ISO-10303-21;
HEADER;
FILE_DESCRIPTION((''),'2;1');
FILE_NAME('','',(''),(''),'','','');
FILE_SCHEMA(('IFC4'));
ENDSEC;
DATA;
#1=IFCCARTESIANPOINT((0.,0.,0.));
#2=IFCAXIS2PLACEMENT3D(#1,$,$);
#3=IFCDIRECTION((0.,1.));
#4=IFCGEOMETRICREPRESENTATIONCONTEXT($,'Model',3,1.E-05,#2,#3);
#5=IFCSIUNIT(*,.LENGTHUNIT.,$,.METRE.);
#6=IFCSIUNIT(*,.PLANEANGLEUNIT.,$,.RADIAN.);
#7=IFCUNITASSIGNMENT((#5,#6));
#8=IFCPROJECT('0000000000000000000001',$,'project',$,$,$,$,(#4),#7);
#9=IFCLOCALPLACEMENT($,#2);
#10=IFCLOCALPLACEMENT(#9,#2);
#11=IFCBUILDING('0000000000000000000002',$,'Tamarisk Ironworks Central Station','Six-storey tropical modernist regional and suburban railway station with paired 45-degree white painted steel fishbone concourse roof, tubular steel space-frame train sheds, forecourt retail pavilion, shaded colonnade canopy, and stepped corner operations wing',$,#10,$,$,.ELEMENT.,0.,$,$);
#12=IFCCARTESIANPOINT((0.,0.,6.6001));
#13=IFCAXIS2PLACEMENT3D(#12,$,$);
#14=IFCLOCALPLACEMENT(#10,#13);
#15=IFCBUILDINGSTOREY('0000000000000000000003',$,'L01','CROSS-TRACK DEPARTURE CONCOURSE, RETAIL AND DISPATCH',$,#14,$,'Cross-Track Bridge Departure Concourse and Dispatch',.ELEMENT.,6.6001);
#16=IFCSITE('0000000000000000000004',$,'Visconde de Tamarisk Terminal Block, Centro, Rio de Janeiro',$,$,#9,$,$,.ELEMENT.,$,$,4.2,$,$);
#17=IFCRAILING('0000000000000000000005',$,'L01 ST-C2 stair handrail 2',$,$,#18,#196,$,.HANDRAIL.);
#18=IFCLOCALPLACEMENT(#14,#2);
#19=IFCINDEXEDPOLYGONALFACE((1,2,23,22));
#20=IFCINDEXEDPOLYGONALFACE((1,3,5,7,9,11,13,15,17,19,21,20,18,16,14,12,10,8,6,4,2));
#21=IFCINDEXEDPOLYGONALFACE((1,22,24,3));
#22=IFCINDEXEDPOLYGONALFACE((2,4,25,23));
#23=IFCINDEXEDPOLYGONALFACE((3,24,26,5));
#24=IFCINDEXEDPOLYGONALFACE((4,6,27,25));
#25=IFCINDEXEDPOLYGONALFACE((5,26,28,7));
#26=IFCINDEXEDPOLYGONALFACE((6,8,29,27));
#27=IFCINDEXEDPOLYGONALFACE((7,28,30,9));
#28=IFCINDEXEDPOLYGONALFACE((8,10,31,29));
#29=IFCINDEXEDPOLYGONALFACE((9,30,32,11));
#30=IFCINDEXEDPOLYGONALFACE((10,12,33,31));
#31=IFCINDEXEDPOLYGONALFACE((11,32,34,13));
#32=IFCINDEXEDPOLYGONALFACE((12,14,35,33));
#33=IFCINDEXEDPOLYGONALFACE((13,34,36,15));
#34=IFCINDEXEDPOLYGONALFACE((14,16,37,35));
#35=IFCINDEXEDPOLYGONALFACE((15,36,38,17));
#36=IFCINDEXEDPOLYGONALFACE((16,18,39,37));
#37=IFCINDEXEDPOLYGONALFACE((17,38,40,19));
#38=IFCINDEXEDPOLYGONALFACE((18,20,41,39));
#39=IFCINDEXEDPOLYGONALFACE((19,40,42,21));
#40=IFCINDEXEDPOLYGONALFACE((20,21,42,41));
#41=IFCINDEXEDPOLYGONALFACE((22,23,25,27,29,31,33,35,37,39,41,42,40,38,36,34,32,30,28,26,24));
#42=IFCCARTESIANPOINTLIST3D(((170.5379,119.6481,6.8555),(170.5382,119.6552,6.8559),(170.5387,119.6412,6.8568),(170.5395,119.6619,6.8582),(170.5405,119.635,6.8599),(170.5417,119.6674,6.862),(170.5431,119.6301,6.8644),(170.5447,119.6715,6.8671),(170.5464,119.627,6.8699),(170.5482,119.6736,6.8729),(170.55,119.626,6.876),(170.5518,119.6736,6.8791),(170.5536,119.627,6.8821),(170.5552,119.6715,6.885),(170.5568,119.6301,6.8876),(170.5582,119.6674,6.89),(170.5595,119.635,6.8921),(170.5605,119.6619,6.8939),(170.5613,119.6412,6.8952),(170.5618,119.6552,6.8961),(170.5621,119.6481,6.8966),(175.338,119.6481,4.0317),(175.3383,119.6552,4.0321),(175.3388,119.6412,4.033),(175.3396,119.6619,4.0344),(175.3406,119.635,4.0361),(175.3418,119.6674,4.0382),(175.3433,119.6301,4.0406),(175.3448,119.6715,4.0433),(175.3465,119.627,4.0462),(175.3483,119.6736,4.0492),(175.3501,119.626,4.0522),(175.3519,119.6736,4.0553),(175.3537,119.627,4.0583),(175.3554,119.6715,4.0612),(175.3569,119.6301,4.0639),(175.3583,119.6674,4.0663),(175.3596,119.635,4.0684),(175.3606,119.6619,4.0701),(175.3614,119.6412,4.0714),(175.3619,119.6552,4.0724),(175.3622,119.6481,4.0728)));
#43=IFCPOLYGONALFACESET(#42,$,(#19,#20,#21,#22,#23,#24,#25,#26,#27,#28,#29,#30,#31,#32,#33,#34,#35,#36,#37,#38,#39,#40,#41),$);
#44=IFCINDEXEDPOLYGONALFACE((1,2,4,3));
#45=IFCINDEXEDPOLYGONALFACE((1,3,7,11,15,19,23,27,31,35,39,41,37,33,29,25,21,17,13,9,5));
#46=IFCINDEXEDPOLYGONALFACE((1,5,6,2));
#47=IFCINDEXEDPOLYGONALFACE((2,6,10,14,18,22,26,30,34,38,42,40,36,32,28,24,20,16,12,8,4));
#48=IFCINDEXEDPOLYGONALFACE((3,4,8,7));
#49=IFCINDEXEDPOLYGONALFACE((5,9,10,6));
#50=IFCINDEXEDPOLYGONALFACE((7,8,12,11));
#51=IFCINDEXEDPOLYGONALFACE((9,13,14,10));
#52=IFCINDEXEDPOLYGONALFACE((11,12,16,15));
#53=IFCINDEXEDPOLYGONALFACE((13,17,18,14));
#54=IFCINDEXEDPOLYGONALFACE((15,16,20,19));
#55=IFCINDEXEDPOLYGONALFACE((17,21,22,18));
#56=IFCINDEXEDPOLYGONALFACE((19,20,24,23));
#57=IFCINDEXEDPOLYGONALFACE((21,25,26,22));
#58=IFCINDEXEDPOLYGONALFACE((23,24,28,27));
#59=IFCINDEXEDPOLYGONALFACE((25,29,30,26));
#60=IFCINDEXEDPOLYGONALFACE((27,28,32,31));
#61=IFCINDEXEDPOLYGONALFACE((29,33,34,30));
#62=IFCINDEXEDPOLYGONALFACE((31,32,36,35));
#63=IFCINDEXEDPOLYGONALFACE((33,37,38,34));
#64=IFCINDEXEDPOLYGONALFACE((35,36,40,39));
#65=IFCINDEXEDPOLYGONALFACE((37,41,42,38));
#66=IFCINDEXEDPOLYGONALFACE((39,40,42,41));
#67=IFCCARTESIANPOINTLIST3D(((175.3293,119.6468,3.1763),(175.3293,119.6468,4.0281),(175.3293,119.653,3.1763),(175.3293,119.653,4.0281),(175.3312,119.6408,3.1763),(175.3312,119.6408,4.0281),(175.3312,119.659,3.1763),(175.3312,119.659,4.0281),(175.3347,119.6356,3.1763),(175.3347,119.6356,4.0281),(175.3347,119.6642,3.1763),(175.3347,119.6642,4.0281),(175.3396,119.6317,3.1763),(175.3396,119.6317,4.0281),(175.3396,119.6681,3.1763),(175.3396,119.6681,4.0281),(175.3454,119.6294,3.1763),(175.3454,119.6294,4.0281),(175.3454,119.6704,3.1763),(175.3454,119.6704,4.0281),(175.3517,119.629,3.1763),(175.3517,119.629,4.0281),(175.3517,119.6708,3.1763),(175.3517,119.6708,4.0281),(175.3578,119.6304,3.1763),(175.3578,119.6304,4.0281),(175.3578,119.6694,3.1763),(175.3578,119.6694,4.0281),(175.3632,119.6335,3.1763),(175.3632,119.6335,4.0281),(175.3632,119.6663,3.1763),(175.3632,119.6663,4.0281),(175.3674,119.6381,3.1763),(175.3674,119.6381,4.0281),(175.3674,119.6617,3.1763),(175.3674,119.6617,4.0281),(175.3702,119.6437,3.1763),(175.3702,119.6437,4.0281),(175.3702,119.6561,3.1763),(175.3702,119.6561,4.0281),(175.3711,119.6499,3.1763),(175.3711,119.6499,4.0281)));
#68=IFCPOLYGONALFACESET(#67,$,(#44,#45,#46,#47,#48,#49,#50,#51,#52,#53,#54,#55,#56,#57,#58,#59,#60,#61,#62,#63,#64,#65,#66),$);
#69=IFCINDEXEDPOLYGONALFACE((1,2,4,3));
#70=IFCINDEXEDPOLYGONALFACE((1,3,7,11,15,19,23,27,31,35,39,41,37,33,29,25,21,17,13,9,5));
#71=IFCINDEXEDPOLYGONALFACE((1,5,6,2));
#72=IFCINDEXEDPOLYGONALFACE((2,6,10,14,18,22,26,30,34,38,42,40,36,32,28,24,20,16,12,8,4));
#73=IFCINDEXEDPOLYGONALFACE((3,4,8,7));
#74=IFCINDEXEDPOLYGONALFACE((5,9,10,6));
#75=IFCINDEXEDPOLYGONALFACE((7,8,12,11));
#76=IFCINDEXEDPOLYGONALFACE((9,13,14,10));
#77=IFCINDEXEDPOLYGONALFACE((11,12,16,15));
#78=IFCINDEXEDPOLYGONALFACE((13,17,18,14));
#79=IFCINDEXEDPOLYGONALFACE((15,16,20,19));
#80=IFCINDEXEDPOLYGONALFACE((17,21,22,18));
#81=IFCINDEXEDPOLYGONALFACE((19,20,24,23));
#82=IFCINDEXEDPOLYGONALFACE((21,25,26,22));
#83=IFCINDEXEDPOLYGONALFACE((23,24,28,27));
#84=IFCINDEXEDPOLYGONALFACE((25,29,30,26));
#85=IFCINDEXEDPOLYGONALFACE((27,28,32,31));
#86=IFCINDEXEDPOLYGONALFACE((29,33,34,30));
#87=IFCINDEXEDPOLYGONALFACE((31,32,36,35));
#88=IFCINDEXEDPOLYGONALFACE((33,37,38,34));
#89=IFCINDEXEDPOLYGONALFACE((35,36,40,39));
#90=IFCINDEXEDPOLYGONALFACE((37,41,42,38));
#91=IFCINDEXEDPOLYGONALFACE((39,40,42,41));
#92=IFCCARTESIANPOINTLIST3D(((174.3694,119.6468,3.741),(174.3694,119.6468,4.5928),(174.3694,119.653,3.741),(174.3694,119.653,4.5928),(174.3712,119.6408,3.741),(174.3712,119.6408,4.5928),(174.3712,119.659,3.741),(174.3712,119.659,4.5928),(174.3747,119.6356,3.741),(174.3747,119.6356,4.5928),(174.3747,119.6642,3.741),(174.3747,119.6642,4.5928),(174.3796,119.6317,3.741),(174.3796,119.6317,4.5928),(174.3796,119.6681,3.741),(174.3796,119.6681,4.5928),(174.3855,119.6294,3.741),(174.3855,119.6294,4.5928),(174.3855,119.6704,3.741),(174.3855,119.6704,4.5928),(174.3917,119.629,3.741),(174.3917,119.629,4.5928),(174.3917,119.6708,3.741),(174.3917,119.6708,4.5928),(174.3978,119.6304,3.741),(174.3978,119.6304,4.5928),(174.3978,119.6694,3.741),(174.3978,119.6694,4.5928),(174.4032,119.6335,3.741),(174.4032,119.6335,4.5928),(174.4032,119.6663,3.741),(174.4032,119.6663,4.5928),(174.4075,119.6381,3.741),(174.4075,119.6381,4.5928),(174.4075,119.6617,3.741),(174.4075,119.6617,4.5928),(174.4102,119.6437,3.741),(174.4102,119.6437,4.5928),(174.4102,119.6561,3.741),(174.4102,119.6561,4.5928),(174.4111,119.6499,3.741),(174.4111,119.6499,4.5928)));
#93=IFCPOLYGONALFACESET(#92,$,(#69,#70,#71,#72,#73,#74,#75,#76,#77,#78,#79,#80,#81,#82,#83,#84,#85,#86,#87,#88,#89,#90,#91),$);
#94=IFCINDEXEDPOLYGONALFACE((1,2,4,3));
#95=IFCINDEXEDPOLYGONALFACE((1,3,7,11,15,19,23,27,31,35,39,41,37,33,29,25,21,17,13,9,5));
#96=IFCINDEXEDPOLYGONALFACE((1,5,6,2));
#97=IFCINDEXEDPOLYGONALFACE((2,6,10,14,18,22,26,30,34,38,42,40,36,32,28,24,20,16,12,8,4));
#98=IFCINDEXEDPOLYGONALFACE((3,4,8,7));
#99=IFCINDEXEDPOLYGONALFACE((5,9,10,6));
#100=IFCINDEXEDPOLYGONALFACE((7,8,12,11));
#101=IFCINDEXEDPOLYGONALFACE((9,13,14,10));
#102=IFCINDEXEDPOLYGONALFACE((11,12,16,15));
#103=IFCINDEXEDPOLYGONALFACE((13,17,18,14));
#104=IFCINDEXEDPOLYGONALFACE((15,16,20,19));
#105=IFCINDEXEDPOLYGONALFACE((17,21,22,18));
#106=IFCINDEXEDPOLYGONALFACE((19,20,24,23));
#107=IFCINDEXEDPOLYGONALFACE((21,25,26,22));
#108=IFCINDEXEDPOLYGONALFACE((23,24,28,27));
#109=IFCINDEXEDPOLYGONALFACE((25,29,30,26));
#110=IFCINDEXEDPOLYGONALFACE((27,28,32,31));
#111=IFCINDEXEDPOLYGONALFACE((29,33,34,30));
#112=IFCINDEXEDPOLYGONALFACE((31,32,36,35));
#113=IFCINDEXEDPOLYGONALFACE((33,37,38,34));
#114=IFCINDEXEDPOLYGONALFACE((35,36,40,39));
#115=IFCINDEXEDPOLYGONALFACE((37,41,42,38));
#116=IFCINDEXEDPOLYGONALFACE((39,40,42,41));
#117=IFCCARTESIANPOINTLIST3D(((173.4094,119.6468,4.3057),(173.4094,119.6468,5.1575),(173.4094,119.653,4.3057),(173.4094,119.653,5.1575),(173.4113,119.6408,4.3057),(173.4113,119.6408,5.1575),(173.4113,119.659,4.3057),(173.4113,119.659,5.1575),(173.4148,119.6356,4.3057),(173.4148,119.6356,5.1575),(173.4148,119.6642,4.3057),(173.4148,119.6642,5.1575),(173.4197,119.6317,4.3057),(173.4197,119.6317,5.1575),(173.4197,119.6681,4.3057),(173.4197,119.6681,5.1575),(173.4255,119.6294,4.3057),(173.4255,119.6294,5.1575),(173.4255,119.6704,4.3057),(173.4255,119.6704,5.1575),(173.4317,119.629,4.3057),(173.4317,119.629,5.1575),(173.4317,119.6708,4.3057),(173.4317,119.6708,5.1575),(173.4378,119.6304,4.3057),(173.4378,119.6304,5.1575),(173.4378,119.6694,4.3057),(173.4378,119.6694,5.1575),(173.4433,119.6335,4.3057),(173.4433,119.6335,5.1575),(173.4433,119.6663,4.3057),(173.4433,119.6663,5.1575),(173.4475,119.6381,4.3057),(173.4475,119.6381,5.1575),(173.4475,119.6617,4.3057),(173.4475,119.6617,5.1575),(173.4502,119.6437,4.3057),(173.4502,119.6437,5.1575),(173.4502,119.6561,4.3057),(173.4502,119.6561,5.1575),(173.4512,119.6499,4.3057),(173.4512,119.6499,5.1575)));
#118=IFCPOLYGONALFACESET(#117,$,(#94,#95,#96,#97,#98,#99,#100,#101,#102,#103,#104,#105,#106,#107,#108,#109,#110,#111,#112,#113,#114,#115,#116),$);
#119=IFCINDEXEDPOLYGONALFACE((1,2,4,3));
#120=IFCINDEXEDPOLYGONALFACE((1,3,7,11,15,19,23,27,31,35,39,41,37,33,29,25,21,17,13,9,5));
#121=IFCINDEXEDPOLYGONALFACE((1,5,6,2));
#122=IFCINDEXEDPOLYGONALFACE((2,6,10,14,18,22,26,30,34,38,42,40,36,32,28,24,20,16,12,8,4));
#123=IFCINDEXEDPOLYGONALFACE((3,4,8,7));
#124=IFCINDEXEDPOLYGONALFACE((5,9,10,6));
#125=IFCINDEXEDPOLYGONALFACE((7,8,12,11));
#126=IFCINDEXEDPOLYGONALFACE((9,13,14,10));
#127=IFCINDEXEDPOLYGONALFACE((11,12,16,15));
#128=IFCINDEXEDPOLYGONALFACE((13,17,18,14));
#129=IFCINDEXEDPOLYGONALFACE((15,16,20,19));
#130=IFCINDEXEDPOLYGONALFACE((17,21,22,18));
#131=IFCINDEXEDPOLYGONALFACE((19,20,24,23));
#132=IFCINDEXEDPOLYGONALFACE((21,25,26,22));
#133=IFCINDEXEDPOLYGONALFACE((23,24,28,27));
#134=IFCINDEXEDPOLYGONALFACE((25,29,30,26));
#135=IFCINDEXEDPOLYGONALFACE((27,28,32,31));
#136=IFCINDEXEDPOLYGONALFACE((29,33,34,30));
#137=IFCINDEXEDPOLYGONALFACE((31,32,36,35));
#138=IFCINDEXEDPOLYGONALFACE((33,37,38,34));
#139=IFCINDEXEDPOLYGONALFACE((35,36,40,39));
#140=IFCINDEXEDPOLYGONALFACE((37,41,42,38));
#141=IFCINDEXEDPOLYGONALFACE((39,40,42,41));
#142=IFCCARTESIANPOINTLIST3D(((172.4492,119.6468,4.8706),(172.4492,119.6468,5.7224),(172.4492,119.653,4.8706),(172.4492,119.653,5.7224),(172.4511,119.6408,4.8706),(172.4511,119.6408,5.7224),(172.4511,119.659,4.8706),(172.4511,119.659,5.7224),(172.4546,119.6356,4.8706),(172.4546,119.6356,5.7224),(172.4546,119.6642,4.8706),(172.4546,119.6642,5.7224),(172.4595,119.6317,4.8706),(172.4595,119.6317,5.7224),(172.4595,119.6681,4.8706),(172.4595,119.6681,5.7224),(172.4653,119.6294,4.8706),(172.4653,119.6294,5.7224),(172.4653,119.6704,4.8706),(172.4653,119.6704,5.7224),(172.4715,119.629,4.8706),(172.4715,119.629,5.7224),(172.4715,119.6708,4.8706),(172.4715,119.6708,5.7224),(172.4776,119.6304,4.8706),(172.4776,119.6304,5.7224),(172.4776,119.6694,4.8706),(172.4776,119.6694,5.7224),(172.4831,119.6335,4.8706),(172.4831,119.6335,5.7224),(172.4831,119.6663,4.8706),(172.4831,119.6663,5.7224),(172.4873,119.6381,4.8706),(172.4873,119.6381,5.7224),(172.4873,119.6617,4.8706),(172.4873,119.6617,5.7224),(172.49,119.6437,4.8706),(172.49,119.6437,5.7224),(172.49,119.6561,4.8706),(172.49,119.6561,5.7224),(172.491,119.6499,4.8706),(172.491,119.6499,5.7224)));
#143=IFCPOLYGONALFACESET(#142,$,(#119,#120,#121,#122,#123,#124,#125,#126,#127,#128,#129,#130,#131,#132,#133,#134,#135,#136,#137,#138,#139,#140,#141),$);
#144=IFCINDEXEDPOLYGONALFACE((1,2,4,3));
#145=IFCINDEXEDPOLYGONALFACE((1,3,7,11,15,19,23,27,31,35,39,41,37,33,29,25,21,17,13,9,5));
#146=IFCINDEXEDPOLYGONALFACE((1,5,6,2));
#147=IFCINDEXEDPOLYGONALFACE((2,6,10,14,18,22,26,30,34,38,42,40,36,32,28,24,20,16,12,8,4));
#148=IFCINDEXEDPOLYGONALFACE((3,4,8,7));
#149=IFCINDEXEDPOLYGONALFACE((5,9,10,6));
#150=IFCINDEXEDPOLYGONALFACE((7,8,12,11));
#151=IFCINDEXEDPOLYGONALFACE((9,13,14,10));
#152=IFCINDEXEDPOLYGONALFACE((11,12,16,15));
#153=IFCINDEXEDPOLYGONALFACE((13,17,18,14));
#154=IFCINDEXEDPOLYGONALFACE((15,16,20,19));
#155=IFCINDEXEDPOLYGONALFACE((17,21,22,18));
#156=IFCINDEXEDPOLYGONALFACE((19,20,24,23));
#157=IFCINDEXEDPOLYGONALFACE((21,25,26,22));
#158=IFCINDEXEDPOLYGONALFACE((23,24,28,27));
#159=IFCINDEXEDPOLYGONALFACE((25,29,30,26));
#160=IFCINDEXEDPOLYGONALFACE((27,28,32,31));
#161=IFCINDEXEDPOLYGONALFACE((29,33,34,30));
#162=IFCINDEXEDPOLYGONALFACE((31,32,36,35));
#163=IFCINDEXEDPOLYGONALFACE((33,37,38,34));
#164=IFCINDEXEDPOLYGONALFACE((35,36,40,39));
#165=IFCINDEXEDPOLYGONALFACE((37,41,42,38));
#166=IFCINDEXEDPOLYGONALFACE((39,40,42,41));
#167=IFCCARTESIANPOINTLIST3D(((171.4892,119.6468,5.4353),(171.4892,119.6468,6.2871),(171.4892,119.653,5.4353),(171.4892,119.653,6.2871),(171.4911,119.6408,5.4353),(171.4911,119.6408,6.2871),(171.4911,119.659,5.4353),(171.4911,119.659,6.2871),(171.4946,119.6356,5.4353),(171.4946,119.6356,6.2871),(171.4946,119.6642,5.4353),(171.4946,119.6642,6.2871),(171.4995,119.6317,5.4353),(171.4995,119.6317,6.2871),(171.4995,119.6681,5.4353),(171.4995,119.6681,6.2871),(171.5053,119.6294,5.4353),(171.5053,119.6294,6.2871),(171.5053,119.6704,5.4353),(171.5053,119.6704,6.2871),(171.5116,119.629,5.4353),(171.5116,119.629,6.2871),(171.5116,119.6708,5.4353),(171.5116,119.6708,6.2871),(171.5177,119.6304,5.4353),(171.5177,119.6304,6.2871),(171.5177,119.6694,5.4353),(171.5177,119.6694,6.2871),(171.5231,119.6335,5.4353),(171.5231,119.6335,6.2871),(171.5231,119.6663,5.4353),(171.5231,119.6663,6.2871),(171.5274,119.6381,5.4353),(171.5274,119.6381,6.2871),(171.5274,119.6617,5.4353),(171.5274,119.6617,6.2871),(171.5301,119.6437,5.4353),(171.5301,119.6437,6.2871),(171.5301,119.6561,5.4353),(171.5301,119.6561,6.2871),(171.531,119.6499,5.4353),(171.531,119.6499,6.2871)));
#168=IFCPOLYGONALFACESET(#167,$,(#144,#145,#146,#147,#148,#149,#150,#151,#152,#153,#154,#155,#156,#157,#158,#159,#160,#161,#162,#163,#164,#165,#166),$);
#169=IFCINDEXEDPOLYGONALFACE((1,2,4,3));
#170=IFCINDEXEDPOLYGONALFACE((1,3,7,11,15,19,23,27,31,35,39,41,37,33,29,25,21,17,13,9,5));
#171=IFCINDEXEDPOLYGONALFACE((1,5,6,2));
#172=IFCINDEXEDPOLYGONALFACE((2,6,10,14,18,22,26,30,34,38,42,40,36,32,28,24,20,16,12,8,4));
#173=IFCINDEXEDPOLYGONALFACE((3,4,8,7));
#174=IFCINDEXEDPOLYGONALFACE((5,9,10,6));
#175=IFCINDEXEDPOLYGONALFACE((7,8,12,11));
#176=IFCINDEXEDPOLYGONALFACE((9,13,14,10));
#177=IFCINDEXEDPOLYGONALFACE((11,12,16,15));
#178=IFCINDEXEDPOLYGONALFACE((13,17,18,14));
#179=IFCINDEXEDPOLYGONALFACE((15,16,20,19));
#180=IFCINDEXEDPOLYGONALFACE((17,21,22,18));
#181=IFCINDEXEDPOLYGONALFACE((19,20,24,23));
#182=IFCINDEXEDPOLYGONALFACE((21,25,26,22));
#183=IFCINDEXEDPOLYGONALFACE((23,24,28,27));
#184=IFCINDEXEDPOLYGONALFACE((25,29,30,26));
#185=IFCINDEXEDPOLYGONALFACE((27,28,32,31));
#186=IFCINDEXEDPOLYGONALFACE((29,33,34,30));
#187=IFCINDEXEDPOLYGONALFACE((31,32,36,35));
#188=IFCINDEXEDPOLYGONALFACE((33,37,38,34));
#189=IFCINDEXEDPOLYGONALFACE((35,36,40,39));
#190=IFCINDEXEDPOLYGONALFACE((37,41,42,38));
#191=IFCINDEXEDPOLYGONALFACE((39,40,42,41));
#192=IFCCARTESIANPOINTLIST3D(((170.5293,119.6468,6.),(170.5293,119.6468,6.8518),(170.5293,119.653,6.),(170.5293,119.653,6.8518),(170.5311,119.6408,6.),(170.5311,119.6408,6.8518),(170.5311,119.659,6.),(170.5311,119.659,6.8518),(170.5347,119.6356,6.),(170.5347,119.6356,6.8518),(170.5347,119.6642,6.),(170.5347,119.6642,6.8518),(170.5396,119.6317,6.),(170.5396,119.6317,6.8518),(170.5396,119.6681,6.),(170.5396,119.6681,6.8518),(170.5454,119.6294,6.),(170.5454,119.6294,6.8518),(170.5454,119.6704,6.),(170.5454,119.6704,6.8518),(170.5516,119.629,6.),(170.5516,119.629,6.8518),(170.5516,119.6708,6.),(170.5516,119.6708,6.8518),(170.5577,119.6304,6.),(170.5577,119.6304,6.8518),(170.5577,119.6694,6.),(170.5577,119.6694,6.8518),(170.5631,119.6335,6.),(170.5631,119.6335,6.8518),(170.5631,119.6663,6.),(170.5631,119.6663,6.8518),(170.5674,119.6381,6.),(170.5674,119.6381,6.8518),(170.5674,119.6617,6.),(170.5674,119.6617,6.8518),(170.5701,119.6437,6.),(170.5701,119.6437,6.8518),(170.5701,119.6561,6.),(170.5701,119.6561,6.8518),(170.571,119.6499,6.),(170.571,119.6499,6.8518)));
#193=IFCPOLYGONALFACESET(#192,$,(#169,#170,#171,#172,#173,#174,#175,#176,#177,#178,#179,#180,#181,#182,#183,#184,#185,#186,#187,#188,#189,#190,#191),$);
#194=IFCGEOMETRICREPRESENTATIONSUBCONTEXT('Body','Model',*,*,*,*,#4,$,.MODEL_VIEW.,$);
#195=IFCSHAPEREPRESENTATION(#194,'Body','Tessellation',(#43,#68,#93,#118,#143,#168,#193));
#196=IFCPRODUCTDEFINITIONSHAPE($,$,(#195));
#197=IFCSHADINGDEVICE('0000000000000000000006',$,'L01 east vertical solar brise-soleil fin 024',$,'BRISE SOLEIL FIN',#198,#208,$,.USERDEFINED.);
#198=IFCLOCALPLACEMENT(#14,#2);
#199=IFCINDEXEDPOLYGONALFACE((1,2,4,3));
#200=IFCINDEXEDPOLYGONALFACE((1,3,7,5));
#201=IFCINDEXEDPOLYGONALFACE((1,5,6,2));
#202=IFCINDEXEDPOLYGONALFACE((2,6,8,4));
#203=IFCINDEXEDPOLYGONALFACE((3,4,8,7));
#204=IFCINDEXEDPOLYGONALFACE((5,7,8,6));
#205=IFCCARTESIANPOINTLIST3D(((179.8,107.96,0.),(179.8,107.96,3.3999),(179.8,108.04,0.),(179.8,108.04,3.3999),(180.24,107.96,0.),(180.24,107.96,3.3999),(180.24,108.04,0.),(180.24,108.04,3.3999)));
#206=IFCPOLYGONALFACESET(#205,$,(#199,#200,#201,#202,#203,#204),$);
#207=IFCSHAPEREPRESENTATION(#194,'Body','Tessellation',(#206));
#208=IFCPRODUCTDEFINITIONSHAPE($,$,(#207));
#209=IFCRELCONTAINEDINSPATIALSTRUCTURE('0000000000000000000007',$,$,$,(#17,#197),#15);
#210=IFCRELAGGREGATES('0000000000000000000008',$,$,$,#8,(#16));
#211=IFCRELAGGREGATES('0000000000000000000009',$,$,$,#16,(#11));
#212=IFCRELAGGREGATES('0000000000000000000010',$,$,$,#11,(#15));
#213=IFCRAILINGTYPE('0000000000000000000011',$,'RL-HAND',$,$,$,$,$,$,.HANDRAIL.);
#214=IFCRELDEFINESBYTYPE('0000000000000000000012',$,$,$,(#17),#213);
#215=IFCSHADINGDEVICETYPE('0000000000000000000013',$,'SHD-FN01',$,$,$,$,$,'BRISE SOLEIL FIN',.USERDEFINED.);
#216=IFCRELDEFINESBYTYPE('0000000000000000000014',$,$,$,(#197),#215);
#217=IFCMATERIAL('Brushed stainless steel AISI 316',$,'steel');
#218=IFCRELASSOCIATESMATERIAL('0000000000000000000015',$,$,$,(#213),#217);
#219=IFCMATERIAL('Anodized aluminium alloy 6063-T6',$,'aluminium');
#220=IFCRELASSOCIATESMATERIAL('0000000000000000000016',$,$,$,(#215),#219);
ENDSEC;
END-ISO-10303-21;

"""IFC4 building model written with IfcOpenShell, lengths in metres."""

from ifc_helpers import new_model, si_unit, direction, frame, origin, origin_2d, place, context, subcontext, project, spatial, rectangle, circle, extrude, material, type_object, element, save


model = new_model("IFC4")

# Units and contexts
model_context = context("Model", 3, precision=1e-05, world=origin(), true_north=direction((0.0, 1.0)))
body_context = subcontext(model_context, "Body", "Model", "MODEL_VIEW")
ifc_project = project(units=[si_unit("LENGTHUNIT", "METRE"), si_unit("PLANEANGLEUNIT", "RADIAN")], contexts=[model_context])

# Site, building, storey
site_placement = place(None, origin())
site = spatial("IfcSite", under=ifc_project, at=site_placement, Name="Visconde de Tamarisk Terminal Block, Centro, Rio de Janeiro", CompositionType="ELEMENT", RefElevation=4.2)
building_placement = place(site_placement, origin())
building = spatial("IfcBuilding", under=site, at=building_placement, Name="Tamarisk Ironworks Central Station", Description="Six-storey tropical modernist regional and suburban railway station with paired 45-degree white painted steel fishbone concourse roof, tubular steel space-frame train sheds, forecourt retail pavilion, shaded colonnade canopy, and stepped corner operations wing", CompositionType="ELEMENT", ElevationOfRefHeight=0.0)
storey_placement = place(building_placement, frame((0.0, 0.0, 6.6001)))
storey = spatial("IfcBuildingStorey", under=building, at=storey_placement, Name="L01", Description="CROSS-TRACK DEPARTURE CONCOURSE, RETAIL AND DISPATCH", LongName="Cross-Track Bridge Departure Concourse and Dispatch", CompositionType="ELEMENT", Elevation=6.6001)

# Shared definitions
ifc_material_1 = material(Name="Anodized aluminium alloy 6063-T6", Category="aluminium")

# Railing
ifc_material_2 = material(Name="Brushed stainless steel AISI 316", Category="steel")
railing_type_1 = type_object("IfcRailingType", Name="RL-HAND", PredefinedType="HANDRAIL", material=ifc_material_2)
railing_1_placement = place(storey_placement, frame((175.3501, 119.6499, 3.1763)))
element("IfcRailing", 1, at=railing_1_placement, inside=storey, type_object=railing_type_1, Name="L01 ST-C2 stair handrail 2", PredefinedType="HANDRAIL", context=body_context, shape_type="SweptSolid", body=[
    extrude(circle(Radius=0.0239, at=origin_2d()), frame((0.0, 0.0, 0.876), z_axis=(-0.861921, 0.0, 0.507043), x_axis=(0.0, -1.0, 0.0)), (0.0, 0.0, 1.0), 5.5691),
    extrude(circle(Radius=0.021, at=origin_2d()), origin(), (0.0, 0.0, 1.0), 0.8518),
    extrude(circle(Radius=0.021, at=origin_2d()), frame((-0.96, 0.0, 0.5647)), (0.0, 0.0, 1.0), 0.8518),
    extrude(circle(Radius=0.021, at=origin_2d()), frame((-1.9199, 0.0, 1.1294)), (0.0, 0.0, 1.0), 0.8518),
    extrude(circle(Radius=0.021, at=origin_2d()), frame((-2.8801, 0.0, 1.6943)), (0.0, 0.0, 1.0), 0.8518),
    extrude(circle(Radius=0.021, at=origin_2d()), frame((-3.8401, 0.0, 2.259)), (0.0, 0.0, 1.0), 0.8518),
    extrude(circle(Radius=0.021, at=origin_2d()), frame((-4.8, 0.0, 2.8237)), (0.0, 0.0, 1.0), 0.8518),
])

# Shading device
shading_device_type = type_object("IfcShadingDeviceType", Name="SHD-FN01", ElementType="BRISE SOLEIL FIN", PredefinedType="USERDEFINED", material=ifc_material_1)
shading_device_placement = place(storey_placement, frame((180.02, 108.0, 0.0), z_axis=(0.0, 0.0, 1.0), x_axis=(1.0, 0.0, 0.0)))
element("IfcShadingDevice", 2, at=shading_device_placement, inside=storey, type_object=shading_device_type, Name="L01 east vertical solar brise-soleil fin 024", ObjectType="BRISE SOLEIL FIN", PredefinedType="USERDEFINED", context=body_context, shape_type="SweptSolid", body=[
    extrude(rectangle(XDim=0.4399, YDim=0.0801, at=origin_2d()), origin(), (0.0, 0.0, 1.0), 3.3999),
])

save(model, "model.ifc")
